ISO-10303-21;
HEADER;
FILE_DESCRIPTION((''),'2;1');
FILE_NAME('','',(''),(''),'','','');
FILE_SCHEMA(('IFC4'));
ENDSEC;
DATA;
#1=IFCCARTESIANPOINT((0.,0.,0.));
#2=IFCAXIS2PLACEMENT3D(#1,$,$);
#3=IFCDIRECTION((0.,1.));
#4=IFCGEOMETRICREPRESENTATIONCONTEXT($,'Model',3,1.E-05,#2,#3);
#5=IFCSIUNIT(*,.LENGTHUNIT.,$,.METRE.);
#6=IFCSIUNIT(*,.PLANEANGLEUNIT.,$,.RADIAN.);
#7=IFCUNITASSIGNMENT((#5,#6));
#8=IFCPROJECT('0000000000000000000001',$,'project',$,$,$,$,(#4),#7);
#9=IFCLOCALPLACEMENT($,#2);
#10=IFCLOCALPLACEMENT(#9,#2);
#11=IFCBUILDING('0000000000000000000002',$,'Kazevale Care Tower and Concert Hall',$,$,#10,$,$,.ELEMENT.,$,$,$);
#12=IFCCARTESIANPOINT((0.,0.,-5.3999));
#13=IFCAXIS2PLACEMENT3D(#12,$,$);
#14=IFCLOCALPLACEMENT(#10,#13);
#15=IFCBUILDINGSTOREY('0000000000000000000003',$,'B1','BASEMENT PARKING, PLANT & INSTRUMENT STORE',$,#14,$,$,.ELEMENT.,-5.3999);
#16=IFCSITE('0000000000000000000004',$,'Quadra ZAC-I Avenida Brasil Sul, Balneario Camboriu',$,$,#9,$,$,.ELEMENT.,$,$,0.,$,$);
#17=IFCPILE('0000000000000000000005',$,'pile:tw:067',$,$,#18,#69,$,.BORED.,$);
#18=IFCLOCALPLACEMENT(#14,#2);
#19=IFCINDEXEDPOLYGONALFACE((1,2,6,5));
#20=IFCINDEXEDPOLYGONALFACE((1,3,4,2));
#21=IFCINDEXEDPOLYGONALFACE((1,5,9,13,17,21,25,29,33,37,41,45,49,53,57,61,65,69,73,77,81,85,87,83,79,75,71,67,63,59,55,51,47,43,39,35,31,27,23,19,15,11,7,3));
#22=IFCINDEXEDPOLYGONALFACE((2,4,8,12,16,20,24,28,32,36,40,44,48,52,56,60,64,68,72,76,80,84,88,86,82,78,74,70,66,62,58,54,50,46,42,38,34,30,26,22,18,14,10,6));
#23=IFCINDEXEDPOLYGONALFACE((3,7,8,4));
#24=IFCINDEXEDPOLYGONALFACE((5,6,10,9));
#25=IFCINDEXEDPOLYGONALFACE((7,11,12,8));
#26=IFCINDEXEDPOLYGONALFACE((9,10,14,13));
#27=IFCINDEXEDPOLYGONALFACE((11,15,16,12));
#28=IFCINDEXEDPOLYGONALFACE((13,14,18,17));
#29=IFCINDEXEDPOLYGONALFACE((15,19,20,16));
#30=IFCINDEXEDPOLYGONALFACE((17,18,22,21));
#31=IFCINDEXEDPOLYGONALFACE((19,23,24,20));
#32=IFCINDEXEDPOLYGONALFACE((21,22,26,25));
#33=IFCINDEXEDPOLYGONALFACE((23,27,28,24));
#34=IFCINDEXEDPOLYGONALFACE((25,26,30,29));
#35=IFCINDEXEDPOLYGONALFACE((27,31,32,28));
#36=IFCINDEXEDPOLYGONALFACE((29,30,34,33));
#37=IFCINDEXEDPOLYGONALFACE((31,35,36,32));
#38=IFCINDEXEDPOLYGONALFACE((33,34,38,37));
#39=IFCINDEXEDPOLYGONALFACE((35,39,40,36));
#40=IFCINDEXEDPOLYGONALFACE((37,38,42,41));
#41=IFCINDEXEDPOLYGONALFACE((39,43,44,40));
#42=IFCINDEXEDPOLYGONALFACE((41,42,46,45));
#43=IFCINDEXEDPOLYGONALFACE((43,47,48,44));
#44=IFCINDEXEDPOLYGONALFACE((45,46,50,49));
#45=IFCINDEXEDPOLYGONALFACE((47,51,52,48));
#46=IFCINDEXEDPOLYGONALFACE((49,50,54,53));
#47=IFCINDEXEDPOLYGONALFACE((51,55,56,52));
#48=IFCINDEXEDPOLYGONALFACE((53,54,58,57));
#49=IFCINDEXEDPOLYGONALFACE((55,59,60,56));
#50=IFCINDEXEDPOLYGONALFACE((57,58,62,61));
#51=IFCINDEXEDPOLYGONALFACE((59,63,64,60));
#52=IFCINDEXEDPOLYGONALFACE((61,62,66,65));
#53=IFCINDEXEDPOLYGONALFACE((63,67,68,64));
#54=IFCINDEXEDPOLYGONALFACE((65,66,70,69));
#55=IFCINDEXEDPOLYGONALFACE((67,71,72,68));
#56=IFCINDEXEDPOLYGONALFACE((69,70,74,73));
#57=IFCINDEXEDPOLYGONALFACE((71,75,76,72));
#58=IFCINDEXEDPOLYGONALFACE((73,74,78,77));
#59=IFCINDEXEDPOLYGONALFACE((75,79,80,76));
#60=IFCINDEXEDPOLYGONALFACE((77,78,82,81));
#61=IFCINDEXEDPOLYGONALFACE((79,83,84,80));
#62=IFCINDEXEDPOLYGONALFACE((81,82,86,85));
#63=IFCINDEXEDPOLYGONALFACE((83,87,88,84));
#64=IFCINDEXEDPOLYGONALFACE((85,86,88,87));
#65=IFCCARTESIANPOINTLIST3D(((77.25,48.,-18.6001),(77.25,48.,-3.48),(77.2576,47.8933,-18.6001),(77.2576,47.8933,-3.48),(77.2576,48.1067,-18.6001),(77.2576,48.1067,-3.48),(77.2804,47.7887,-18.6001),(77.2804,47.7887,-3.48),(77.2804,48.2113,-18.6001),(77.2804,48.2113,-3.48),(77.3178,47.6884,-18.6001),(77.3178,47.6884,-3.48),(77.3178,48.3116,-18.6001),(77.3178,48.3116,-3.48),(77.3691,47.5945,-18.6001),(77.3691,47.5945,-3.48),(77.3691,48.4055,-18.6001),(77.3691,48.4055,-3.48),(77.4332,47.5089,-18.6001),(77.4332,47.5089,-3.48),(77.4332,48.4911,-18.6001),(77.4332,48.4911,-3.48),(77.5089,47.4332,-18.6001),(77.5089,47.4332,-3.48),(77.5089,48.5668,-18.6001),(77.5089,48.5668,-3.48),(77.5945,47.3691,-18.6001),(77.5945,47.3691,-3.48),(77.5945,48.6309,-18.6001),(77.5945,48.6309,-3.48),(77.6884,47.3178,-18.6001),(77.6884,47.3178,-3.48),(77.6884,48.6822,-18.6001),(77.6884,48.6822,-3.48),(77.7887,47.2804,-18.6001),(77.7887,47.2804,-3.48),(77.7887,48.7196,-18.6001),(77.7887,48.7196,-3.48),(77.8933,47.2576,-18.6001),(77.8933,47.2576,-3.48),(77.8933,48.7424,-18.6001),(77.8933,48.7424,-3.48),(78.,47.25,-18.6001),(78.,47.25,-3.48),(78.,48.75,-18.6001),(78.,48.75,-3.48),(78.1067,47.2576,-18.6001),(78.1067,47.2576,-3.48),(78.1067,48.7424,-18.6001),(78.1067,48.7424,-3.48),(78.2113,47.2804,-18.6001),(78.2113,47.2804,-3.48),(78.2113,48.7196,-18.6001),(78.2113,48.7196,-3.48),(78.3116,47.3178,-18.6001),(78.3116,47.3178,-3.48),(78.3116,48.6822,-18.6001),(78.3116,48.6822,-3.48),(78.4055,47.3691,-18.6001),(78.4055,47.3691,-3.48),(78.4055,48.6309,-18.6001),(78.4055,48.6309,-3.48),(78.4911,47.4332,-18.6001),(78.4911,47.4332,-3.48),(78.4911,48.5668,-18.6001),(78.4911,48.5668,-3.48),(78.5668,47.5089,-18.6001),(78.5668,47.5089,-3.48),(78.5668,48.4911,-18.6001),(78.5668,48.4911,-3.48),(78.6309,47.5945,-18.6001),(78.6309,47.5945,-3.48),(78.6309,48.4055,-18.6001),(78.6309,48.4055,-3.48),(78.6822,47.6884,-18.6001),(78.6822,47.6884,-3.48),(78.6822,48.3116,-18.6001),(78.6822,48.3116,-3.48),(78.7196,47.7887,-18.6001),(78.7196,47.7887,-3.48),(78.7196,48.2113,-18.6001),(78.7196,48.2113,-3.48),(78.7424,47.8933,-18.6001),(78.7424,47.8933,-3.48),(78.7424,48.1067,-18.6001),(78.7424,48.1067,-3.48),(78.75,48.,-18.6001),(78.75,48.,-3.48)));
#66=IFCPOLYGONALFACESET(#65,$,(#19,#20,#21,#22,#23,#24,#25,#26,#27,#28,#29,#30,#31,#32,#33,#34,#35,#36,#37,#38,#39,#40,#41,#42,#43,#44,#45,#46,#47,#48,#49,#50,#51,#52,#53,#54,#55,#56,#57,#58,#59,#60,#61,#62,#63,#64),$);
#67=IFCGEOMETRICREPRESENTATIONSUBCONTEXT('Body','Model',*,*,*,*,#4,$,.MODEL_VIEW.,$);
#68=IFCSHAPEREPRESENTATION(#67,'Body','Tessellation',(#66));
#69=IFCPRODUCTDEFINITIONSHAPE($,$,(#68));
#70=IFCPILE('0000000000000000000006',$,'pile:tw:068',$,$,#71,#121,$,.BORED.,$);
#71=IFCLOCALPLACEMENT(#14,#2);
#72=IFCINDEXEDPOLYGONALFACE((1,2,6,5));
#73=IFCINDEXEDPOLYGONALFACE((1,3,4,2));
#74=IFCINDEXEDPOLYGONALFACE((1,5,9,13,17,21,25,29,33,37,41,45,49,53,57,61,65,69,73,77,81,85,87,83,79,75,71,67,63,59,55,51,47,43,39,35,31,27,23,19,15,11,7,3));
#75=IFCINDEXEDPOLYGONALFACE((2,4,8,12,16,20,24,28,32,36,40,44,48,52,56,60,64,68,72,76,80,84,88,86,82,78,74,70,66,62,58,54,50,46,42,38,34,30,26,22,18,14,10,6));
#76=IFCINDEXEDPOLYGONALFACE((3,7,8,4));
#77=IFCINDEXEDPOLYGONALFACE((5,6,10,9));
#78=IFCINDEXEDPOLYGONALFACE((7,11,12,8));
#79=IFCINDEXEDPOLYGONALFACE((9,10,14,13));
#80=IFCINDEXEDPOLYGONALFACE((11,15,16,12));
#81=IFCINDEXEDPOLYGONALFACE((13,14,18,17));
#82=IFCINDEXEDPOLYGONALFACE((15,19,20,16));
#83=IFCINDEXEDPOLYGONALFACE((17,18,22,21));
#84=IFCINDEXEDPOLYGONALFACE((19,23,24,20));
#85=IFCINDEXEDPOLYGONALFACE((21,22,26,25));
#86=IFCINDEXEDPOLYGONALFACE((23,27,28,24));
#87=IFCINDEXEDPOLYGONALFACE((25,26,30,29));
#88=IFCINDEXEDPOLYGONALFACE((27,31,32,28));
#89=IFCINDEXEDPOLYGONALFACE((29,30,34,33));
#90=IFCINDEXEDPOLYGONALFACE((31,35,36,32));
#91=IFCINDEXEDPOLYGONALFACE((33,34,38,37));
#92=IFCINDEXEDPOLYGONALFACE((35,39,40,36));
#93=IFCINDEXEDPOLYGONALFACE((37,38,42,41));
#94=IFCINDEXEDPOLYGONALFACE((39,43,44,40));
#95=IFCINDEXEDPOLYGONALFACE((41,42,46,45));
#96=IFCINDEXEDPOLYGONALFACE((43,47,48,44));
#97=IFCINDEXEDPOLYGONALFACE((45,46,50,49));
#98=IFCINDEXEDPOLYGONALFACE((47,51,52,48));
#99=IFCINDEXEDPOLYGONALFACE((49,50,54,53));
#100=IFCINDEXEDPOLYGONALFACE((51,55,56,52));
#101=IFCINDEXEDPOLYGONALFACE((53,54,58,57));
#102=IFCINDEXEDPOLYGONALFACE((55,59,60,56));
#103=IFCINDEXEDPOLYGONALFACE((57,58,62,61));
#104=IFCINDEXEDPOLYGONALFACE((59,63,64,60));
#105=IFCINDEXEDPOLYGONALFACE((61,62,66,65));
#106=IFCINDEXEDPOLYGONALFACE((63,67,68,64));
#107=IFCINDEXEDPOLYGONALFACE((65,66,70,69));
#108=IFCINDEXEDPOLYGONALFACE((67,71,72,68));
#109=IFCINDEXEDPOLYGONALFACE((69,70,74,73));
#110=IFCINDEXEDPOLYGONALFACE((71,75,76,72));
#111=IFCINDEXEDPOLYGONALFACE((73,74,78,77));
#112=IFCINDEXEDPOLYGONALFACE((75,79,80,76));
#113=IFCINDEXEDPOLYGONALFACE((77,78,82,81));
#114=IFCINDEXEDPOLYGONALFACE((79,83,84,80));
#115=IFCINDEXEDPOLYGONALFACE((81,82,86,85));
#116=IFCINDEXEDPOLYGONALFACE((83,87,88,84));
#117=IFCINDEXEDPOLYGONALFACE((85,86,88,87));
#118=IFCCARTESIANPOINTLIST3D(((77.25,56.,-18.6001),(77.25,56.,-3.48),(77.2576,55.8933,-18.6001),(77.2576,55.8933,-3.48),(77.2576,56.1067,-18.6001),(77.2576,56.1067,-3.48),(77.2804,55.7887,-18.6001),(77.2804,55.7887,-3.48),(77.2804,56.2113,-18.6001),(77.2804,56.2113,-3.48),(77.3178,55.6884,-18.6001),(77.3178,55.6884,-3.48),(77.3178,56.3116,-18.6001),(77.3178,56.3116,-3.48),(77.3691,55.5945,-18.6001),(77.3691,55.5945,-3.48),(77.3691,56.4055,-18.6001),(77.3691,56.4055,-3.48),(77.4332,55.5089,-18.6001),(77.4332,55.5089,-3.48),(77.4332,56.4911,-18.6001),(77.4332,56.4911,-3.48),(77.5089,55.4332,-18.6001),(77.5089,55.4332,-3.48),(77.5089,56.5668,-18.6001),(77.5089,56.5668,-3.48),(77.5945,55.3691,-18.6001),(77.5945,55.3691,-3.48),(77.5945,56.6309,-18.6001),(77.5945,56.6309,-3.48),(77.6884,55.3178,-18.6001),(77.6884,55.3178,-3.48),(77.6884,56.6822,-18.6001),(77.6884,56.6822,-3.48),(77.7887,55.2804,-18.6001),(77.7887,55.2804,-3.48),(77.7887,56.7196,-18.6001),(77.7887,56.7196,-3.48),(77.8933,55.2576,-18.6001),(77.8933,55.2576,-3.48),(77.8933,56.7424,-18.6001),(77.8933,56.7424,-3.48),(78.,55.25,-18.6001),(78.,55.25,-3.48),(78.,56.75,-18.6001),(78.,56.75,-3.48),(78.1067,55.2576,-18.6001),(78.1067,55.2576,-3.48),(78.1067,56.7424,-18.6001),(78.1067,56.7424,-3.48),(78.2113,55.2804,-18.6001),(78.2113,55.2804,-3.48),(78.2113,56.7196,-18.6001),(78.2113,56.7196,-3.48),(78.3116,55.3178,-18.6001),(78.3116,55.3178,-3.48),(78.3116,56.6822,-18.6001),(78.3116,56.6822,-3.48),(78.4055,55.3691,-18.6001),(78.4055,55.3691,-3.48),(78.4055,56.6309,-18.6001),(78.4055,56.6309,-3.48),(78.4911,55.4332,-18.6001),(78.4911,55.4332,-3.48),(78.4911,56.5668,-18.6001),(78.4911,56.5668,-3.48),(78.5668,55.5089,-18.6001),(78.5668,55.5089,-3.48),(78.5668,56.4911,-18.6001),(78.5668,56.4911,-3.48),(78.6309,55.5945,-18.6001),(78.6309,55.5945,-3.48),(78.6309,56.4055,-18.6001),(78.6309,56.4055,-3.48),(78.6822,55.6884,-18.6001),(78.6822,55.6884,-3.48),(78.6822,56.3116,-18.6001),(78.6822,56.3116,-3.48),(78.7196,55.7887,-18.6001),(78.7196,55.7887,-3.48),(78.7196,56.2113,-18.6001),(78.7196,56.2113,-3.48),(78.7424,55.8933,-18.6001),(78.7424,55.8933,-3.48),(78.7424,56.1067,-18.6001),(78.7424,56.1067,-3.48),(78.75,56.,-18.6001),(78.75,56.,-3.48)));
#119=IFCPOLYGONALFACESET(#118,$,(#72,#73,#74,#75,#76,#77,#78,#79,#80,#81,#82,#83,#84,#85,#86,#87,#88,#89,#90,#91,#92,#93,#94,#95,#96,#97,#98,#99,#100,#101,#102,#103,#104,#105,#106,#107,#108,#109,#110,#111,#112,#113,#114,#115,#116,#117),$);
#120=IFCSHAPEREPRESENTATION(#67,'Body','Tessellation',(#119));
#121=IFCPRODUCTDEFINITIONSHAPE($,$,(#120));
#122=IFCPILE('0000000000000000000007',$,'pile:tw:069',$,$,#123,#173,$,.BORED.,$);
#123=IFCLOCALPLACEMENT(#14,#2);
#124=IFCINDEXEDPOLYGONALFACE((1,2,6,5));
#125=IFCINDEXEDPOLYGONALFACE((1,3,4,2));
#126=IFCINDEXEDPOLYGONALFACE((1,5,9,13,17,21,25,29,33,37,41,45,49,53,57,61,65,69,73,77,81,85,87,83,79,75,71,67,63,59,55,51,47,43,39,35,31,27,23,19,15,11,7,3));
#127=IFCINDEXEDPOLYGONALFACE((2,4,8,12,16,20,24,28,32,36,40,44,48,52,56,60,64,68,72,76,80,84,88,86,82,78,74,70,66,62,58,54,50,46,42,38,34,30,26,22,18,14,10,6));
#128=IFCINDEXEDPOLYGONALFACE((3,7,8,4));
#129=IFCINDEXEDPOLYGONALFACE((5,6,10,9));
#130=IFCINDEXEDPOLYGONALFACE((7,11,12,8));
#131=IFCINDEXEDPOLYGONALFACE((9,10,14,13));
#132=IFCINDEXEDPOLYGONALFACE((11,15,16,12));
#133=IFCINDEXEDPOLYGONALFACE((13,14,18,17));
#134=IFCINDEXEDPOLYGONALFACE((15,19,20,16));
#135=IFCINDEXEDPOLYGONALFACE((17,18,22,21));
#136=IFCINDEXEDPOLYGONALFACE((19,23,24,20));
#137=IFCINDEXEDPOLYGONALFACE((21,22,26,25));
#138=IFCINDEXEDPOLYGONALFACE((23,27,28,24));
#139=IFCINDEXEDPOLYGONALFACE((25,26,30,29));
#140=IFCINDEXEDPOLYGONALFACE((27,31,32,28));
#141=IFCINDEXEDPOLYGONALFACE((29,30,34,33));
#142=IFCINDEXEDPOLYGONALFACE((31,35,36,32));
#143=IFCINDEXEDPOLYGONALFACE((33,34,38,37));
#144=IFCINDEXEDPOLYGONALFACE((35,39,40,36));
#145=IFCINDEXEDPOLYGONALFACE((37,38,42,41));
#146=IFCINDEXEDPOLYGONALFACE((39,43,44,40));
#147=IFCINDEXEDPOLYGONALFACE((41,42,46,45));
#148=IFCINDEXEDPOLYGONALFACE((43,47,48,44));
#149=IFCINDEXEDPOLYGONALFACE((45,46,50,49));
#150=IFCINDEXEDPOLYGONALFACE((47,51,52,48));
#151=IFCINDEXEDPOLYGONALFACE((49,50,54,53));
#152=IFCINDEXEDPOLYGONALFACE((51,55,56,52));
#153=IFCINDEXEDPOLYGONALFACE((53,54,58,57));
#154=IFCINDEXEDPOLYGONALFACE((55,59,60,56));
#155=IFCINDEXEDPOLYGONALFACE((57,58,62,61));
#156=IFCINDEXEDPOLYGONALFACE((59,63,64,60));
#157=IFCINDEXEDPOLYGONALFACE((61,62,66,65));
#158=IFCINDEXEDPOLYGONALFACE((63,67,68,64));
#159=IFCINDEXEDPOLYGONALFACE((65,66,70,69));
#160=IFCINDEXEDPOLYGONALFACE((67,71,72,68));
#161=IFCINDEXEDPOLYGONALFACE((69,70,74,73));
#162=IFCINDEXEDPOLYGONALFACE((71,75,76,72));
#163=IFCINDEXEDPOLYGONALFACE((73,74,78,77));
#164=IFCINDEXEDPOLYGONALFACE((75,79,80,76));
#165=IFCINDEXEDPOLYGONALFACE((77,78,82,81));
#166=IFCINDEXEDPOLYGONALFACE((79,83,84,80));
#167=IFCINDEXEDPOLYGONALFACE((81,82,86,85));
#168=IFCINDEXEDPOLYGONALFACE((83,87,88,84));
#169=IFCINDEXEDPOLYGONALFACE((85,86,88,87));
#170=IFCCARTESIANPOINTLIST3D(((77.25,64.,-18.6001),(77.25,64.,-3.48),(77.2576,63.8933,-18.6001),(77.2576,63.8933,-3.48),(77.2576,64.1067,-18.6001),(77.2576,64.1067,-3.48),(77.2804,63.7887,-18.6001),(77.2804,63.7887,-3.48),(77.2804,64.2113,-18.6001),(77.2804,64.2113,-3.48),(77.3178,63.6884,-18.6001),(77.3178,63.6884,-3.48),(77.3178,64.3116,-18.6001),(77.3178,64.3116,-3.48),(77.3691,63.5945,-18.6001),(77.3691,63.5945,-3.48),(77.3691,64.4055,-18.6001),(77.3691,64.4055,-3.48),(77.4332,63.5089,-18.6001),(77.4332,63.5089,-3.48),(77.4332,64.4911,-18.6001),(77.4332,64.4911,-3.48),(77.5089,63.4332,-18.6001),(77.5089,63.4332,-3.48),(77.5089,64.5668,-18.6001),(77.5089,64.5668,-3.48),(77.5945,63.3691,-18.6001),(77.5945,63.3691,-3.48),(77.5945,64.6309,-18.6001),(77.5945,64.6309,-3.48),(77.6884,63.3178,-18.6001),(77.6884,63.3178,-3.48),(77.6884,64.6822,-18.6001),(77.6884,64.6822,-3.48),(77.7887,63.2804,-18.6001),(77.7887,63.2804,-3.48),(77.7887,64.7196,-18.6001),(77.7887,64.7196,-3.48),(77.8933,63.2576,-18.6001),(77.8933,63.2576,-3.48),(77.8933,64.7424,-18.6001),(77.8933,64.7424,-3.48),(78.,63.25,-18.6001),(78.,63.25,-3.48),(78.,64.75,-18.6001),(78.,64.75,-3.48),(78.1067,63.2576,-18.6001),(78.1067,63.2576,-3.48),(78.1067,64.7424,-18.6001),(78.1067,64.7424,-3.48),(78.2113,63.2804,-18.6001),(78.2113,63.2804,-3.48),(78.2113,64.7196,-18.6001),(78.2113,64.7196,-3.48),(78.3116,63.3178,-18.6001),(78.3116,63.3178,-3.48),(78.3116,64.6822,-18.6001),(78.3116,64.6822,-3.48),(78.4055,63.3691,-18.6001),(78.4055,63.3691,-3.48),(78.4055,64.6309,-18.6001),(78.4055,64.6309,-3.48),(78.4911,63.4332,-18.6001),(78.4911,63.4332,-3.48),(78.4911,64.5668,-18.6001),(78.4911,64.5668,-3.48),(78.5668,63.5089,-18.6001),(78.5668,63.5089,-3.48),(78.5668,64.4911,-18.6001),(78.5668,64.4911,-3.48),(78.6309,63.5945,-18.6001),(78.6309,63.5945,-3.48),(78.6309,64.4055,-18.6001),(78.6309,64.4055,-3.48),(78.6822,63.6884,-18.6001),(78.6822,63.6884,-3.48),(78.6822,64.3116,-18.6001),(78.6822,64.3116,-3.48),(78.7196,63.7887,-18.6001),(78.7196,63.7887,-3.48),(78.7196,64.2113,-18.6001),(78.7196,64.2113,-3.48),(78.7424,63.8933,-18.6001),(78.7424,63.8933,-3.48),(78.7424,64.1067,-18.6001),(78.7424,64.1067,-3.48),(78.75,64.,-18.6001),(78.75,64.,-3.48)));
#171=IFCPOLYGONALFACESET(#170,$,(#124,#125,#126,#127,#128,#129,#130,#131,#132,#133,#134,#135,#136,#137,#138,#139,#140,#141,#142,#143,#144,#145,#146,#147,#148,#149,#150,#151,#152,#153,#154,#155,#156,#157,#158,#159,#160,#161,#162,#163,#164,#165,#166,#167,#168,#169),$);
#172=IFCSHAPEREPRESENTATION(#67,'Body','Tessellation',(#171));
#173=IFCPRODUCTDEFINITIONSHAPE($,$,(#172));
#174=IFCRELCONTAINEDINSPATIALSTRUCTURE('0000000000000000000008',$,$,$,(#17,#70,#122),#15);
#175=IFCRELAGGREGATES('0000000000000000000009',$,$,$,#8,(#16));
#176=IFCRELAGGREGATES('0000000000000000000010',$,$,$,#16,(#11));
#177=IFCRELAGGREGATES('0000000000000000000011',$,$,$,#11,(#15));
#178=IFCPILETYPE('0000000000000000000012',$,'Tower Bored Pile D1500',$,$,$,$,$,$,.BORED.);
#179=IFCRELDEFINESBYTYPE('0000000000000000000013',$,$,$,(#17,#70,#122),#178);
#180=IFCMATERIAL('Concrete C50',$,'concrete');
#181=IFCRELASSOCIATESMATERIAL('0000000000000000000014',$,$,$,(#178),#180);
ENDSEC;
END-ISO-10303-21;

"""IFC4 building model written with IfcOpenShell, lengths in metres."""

from ifc_helpers import new_model, si_unit, direction, frame, origin, origin_2d, place, context, subcontext, project, spatial, circle, extrude, material, material_profile, profile_set, type_object, element, save


model = new_model("IFC4")

# Units and contexts
model_context = context("Model", 3, precision=1e-05, world=origin(), true_north=direction((0.0, 1.0)))
body_context = subcontext(model_context, "Body", "Model", "MODEL_VIEW")
ifc_project = project(units=[si_unit("LENGTHUNIT", "METRE"), si_unit("PLANEANGLEUNIT", "RADIAN")], contexts=[model_context])

# Site, building, storey
site_placement = place(None, origin())
site = spatial("IfcSite", under=ifc_project, at=site_placement, Name="Quadra ZAC-I Avenida Brasil Sul, Balneario Camboriu", CompositionType="ELEMENT", RefElevation=0.0)
building_placement = place(site_placement, origin())
building = spatial("IfcBuilding", under=site, at=building_placement, Name="Kazevale Care Tower and Concert Hall", CompositionType="ELEMENT")
storey_placement = place(building_placement, frame((0.0, 0.0, -5.3999)))
storey = spatial("IfcBuildingStorey", under=building, at=storey_placement, Name="B1", Description="BASEMENT PARKING, PLANT & INSTRUMENT STORE", CompositionType="ELEMENT", Elevation=-5.3999)

# Shared definitions
ifc_material_1 = material(Name="Concrete C50", Category="concrete")

# Piles
ifc_material_profile_1 = material_profile(ifc_material_1, circle(Radius=0.75, at=origin_2d()), Name="PILE-D1500")
ifc_profile_set_1 = profile_set([ifc_material_profile_1], Name="Concrete C50")
pile_type = type_object("IfcPileType", Name="Tower Bored Pile D1500", PredefinedType="BORED", material=ifc_profile_set_1)
for number, where, z_axis, x_axis, name in (
    (1, (78.0, 48.0, -3.48), (0.0, 0.0, -1.0), (1.0, 0.0, 0.0), "pile:tw:067"),
    (2, (78.0, 56.0, -3.48), (0.0, 0.0, -1.0), (1.0, 0.0, 0.0), "pile:tw:068"),
    (3, (78.0, 64.0, -3.48), (0.0, 0.0, -1.0), (1.0, 0.0, 0.0), "pile:tw:069"),
):
    element("IfcPile", number, at=place(storey_placement, frame(where, z_axis=z_axis, x_axis=x_axis)), inside=storey, type_object=pile_type, Name=name, PredefinedType="BORED", context=body_context, shape_type="SweptSolid", body=[
        extrude(circle(Radius=0.75, at=origin_2d()), origin(), (0.0, 0.0, 1.0), 15.1201),
    ])

save(model, "model.ifc")
